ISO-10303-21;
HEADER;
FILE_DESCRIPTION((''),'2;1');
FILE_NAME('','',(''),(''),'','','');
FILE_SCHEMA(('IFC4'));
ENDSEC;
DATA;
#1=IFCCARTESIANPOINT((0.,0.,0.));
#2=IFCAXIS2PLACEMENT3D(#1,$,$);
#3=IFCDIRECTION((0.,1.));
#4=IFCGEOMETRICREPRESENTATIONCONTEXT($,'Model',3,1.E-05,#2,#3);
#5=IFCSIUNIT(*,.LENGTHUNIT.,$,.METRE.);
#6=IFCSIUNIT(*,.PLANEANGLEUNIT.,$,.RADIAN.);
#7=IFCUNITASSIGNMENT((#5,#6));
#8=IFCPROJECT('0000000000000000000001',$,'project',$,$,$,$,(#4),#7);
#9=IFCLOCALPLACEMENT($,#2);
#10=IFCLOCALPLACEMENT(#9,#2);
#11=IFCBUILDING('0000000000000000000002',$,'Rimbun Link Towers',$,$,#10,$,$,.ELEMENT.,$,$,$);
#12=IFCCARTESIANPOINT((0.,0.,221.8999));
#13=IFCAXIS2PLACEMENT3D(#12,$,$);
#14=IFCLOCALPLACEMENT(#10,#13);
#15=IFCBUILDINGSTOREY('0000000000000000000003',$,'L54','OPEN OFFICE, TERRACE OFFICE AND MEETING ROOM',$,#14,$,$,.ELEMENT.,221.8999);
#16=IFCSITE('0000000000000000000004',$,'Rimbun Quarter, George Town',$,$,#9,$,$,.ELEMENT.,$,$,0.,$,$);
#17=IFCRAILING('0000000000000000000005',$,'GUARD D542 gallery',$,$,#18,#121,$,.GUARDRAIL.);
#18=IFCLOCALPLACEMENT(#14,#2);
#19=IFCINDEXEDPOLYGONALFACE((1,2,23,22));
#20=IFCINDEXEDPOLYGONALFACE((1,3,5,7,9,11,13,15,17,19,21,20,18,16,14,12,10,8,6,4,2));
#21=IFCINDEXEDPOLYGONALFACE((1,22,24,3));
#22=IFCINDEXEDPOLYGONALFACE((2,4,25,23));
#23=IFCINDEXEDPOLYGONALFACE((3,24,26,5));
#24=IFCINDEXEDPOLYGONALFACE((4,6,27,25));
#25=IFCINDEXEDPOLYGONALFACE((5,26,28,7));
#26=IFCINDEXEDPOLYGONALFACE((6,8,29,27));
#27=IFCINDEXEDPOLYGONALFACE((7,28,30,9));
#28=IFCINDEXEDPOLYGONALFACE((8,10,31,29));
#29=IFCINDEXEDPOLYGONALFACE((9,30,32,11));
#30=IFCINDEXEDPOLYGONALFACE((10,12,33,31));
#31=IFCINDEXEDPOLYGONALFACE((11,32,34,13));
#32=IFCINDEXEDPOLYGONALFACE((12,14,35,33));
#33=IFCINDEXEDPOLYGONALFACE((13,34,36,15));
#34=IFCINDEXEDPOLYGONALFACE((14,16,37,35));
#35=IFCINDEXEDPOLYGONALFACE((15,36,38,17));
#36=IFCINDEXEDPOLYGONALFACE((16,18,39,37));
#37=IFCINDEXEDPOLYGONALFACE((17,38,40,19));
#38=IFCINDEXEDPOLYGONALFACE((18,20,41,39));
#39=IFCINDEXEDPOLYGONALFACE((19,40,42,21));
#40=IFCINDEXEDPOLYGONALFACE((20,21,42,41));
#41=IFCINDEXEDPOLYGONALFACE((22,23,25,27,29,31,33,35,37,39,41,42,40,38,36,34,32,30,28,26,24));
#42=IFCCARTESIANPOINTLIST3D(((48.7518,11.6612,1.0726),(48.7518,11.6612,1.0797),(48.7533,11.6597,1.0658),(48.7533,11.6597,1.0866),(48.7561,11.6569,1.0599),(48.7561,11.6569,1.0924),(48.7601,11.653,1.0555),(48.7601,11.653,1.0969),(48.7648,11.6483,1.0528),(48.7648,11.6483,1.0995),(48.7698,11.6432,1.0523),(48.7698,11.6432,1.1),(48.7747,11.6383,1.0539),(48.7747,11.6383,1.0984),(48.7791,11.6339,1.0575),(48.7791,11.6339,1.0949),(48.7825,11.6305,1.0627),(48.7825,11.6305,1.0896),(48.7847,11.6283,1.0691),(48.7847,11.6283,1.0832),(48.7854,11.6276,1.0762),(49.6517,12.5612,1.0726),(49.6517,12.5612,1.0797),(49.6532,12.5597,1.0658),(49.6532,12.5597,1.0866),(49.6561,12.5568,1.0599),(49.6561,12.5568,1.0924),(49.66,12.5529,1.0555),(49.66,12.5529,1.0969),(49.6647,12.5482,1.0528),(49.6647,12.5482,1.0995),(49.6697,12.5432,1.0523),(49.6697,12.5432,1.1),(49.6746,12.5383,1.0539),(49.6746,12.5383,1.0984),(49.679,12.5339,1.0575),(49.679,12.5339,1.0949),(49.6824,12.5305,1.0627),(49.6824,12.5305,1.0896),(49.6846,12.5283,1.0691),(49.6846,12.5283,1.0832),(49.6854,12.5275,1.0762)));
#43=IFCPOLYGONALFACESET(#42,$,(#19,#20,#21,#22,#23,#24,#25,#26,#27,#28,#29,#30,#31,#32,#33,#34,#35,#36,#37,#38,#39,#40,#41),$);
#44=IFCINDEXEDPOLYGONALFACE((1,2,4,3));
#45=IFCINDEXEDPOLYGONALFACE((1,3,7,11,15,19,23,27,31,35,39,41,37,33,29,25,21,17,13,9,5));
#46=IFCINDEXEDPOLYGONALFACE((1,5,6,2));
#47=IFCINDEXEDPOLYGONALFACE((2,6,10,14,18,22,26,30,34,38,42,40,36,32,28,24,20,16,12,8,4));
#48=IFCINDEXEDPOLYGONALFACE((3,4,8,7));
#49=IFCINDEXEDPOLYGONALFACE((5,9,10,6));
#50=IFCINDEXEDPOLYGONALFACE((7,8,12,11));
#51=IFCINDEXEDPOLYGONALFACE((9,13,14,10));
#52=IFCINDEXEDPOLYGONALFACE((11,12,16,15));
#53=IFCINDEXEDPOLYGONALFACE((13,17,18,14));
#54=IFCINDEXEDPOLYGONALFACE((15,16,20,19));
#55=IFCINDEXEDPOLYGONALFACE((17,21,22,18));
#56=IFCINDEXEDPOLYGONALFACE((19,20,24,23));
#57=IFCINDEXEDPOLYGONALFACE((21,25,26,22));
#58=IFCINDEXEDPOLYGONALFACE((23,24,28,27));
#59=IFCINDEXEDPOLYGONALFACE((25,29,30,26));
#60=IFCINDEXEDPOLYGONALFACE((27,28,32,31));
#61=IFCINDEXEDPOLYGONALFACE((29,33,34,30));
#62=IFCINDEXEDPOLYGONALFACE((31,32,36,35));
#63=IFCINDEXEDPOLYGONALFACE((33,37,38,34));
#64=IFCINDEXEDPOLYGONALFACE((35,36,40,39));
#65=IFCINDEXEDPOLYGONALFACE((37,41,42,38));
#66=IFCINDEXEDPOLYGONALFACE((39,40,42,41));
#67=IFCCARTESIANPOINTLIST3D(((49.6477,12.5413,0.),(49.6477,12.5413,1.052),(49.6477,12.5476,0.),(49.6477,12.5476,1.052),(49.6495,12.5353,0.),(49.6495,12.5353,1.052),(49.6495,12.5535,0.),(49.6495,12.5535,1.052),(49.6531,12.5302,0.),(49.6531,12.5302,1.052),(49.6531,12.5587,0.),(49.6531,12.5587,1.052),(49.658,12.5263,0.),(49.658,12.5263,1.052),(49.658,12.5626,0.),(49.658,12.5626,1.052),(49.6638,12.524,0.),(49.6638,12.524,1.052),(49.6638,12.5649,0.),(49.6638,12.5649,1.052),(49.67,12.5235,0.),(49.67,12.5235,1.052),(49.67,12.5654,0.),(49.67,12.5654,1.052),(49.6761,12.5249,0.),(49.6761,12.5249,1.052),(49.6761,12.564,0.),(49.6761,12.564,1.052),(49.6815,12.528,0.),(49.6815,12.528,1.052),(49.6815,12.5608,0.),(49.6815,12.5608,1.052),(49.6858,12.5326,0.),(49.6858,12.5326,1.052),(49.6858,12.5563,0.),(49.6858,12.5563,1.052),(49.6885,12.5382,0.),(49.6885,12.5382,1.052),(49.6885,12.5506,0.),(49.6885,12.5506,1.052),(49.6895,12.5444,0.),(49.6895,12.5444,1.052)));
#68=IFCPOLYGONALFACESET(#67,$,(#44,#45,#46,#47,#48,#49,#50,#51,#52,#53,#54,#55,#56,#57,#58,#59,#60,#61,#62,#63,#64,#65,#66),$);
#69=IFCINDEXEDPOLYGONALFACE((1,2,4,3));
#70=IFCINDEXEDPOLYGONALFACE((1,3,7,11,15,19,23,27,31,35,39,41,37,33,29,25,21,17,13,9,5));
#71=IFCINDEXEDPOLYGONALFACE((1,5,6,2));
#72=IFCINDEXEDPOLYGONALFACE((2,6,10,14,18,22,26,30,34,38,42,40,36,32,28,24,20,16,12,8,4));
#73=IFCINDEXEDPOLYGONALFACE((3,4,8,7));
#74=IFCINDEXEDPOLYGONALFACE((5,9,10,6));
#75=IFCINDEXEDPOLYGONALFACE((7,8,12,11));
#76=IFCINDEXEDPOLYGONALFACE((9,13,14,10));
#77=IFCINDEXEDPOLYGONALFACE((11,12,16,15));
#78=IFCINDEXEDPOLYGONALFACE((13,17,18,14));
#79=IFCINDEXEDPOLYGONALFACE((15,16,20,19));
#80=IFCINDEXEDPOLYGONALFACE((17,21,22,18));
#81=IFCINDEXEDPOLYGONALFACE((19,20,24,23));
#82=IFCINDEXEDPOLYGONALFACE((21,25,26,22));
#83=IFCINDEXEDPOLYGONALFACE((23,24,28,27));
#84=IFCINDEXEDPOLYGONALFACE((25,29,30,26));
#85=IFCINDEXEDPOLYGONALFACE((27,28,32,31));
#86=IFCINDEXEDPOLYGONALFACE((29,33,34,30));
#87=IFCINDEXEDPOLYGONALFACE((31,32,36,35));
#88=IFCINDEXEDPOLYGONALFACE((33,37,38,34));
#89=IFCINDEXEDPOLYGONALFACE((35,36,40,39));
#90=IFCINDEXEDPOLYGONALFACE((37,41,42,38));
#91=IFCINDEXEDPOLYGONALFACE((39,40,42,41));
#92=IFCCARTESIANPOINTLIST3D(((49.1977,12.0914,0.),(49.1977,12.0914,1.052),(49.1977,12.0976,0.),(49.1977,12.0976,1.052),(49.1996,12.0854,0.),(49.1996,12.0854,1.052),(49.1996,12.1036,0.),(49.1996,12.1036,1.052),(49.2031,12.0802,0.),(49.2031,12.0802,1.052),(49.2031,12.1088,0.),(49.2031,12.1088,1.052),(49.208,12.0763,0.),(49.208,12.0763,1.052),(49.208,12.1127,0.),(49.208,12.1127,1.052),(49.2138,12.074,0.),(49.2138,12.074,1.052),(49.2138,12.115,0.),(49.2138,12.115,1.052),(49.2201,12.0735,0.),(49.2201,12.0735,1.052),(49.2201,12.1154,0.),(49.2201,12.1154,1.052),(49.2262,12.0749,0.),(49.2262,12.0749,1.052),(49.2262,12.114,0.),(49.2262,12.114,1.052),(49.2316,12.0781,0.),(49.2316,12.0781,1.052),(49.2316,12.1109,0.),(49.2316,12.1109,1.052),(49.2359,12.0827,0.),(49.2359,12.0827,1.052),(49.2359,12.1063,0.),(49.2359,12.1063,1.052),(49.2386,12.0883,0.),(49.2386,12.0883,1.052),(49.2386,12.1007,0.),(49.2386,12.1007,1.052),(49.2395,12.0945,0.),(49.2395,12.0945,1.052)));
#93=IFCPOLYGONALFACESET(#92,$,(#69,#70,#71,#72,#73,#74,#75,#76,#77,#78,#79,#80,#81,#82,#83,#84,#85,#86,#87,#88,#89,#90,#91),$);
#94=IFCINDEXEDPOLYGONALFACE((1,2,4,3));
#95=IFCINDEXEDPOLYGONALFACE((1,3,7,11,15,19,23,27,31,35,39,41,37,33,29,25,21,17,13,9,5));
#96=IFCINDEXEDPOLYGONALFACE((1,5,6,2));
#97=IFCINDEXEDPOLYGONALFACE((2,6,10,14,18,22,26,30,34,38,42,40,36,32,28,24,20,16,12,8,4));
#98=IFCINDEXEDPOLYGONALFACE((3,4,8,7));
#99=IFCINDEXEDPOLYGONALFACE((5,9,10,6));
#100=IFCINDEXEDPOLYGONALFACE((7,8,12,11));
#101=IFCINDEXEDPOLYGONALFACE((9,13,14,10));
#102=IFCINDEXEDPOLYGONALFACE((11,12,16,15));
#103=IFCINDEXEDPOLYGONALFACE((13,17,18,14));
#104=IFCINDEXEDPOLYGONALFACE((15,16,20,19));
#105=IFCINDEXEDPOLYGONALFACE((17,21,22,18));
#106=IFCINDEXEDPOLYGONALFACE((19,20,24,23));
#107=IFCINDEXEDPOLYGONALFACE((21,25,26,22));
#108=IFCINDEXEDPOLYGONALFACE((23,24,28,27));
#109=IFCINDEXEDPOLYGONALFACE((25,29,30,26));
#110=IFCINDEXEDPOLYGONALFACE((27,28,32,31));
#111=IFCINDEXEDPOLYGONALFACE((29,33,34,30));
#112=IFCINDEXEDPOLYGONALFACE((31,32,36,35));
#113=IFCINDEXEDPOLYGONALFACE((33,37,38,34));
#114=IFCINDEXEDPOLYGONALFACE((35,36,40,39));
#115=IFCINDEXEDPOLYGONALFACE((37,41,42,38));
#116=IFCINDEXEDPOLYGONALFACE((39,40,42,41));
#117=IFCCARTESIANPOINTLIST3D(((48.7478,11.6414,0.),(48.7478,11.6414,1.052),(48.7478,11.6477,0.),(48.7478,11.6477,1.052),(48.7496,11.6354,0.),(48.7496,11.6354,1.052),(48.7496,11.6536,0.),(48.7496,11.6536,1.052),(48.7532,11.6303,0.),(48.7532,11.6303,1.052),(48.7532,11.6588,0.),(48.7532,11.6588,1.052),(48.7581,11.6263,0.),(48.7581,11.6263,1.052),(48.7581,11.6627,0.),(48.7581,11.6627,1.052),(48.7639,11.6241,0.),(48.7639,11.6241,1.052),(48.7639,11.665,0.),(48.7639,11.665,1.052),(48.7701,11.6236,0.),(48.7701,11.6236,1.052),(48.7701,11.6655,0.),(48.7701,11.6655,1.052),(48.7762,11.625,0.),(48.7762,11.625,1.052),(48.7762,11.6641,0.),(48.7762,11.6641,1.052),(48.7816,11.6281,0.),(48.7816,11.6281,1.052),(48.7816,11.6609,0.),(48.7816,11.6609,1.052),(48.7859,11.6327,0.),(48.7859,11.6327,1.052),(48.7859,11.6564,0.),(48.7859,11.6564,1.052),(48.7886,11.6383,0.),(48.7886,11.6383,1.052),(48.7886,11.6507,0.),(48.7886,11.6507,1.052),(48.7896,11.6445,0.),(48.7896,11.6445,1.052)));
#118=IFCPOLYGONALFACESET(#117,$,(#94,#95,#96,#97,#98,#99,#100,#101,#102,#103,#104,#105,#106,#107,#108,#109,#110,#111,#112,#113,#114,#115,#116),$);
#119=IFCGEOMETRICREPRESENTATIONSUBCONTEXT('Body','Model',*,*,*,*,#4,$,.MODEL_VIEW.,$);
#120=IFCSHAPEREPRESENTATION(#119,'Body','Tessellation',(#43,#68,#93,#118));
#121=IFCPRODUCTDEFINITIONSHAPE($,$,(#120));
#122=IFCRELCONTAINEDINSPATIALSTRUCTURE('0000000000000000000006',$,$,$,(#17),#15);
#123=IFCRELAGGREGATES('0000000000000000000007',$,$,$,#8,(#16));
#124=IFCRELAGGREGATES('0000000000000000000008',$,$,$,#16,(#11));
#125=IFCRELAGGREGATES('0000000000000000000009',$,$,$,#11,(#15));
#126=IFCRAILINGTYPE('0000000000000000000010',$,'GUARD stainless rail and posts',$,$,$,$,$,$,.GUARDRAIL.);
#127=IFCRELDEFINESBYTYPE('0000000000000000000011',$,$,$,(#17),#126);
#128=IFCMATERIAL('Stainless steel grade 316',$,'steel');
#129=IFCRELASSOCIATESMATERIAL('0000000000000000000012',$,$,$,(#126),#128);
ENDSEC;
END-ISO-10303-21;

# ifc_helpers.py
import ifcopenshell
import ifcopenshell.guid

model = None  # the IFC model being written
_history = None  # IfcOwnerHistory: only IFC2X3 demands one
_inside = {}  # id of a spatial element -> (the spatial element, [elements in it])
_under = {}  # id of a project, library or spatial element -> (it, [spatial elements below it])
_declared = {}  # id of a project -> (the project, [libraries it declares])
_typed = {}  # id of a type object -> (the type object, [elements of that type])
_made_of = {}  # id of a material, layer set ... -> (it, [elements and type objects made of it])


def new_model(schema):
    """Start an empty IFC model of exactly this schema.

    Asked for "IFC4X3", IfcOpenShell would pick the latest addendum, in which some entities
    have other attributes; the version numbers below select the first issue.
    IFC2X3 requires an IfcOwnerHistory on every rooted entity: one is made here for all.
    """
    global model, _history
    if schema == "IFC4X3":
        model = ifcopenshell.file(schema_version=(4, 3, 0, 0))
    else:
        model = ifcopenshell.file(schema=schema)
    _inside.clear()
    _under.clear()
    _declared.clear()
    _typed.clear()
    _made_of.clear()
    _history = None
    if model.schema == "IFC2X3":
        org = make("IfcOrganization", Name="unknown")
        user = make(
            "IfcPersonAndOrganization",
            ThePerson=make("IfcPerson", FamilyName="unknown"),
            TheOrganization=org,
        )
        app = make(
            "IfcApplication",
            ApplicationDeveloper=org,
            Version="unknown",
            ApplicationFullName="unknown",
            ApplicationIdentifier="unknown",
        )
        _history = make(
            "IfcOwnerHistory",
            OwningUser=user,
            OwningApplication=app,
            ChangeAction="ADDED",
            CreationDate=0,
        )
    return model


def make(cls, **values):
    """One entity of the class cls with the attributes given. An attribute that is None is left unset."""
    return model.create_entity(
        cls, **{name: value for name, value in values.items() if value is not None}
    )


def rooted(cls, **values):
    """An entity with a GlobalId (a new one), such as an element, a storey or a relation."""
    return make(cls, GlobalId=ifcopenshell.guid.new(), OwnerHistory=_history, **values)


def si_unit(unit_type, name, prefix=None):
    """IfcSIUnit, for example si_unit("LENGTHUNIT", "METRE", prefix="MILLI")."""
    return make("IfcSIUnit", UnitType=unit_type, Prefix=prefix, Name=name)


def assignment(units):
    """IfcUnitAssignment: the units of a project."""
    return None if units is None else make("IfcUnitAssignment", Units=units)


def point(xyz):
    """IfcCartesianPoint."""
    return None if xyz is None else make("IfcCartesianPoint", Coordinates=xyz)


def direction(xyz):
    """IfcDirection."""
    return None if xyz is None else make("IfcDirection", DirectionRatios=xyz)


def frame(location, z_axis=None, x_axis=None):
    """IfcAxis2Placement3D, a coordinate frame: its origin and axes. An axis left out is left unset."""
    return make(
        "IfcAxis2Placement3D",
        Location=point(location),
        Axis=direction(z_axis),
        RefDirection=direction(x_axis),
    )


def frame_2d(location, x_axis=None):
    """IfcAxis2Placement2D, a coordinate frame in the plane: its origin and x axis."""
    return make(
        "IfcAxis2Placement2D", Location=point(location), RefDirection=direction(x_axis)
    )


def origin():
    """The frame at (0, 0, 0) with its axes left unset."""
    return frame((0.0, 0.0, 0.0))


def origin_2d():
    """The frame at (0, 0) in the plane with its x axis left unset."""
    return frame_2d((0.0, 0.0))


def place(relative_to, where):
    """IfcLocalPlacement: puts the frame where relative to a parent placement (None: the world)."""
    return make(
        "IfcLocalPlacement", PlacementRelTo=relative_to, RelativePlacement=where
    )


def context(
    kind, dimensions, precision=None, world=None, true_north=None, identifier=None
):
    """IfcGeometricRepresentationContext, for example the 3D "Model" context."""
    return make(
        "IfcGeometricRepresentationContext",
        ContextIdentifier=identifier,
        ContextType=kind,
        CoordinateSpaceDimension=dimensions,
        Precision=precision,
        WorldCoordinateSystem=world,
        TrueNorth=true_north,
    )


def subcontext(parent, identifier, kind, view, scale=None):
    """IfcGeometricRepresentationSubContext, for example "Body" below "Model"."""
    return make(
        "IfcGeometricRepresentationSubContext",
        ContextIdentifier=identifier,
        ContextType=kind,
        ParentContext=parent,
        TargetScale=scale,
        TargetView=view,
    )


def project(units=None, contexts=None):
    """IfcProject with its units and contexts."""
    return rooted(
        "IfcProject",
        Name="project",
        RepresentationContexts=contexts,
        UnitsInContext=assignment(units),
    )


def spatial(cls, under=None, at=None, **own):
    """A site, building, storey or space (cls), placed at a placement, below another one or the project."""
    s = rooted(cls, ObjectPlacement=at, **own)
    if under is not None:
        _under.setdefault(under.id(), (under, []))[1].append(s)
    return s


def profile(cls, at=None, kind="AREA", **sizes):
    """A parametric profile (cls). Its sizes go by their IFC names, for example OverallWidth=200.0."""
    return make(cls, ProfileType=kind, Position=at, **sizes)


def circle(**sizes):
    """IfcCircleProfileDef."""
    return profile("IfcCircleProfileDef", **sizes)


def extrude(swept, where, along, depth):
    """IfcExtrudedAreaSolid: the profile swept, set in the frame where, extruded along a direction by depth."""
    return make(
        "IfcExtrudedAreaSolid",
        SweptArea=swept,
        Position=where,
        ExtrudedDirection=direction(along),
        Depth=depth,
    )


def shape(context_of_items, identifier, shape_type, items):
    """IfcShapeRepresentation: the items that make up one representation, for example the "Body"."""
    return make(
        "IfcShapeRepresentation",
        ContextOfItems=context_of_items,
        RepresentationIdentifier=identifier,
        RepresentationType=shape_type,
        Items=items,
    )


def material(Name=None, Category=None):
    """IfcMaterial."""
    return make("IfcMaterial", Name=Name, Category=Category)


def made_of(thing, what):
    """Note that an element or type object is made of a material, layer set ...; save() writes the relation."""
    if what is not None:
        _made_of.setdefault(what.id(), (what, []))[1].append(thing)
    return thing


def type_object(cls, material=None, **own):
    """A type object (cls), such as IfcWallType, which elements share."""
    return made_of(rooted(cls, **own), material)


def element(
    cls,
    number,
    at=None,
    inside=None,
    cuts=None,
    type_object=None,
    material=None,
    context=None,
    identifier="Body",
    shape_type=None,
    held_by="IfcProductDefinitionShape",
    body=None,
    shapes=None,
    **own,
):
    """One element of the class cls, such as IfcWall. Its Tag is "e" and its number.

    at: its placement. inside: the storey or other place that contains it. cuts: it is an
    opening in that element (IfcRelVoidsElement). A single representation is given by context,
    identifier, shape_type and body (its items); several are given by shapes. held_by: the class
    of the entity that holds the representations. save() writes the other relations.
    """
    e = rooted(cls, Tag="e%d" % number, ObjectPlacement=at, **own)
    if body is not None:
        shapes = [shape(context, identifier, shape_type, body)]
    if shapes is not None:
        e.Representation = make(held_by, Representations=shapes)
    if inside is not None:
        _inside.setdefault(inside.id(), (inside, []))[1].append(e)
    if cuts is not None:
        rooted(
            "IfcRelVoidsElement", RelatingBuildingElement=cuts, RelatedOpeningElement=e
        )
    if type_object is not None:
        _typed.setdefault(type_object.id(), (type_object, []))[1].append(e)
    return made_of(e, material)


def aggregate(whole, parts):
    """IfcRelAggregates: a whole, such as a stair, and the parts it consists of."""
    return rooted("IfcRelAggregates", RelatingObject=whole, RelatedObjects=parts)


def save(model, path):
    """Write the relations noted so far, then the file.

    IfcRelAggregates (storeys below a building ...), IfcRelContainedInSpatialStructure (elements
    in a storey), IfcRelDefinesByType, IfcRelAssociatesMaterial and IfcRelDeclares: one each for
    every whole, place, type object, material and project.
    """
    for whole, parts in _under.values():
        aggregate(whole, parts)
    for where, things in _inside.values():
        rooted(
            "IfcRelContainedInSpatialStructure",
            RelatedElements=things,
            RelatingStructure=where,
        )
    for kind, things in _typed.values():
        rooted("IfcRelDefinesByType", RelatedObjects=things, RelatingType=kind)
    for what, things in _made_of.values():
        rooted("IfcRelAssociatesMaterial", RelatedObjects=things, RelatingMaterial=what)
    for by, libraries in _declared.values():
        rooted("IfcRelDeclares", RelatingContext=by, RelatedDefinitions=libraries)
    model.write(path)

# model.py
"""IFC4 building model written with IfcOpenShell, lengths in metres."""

from ifc_helpers import new_model, si_unit, direction, frame, origin, origin_2d, place, context, subcontext, project, spatial, circle, extrude, material, type_object, element, save


model = new_model("IFC4")

# Units and contexts
model_context = context("Model", 3, precision=1e-05, world=origin(), true_north=direction((0.0, 1.0)))
body_context = subcontext(model_context, "Body", "Model", "MODEL_VIEW")
ifc_project = project(units=[si_unit("LENGTHUNIT", "METRE"), si_unit("PLANEANGLEUNIT", "RADIAN")], contexts=[model_context])

# Site, building, storey
site_placement = place(None, origin())
site = spatial("IfcSite", under=ifc_project, at=site_placement, Name="Rimbun Quarter, George Town", CompositionType="ELEMENT", RefElevation=0.0)
building_placement = place(site_placement, origin())
building = spatial("IfcBuilding", under=site, at=building_placement, Name="Rimbun Link Towers", CompositionType="ELEMENT")
storey_placement = place(building_placement, frame((0.0, 0.0, 221.8999)))
storey = spatial("IfcBuildingStorey", under=building, at=storey_placement, Name="L54", Description="OPEN OFFICE, TERRACE OFFICE AND MEETING ROOM", CompositionType="ELEMENT", Elevation=221.8999)

# Railing
ifc_material_1 = material(Name="Stainless steel grade 316", Category="steel")
railing_type = type_object("IfcRailingType", Name="GUARD stainless rail and posts", PredefinedType="GUARDRAIL", material=ifc_material_1)
railing_placement = place(storey_placement, frame((49.6685, 12.5444, 0.0)))
element("IfcRailing", 1, at=railing_placement, inside=storey, type_object=railing_type, Name="GUARD D542 gallery", PredefinedType="GUARDRAIL", context=body_context, shape_type="SweptSolid", body=[
    extrude(circle(Radius=0.0239, at=origin_2d()), frame((0.0, 0.0, 1.0762), z_axis=(-0.707107, -0.707107, 0.0), x_axis=(0.707107, -0.707107, 0.0)), (0.0, 0.0, 1.0), 1.2727),
    extrude(circle(Radius=0.021, at=origin_2d()), origin(), (0.0, 0.0, 1.0), 1.052),
    extrude(circle(Radius=0.021, at=origin_2d()), frame((-0.45, -0.45, 0.0)), (0.0, 0.0, 1.0), 1.052),
    extrude(circle(Radius=0.021, at=origin_2d()), frame((-0.8999, -0.8999, 0.0)), (0.0, 0.0, 1.0), 1.052),
])

save(model, "model.ifc")
